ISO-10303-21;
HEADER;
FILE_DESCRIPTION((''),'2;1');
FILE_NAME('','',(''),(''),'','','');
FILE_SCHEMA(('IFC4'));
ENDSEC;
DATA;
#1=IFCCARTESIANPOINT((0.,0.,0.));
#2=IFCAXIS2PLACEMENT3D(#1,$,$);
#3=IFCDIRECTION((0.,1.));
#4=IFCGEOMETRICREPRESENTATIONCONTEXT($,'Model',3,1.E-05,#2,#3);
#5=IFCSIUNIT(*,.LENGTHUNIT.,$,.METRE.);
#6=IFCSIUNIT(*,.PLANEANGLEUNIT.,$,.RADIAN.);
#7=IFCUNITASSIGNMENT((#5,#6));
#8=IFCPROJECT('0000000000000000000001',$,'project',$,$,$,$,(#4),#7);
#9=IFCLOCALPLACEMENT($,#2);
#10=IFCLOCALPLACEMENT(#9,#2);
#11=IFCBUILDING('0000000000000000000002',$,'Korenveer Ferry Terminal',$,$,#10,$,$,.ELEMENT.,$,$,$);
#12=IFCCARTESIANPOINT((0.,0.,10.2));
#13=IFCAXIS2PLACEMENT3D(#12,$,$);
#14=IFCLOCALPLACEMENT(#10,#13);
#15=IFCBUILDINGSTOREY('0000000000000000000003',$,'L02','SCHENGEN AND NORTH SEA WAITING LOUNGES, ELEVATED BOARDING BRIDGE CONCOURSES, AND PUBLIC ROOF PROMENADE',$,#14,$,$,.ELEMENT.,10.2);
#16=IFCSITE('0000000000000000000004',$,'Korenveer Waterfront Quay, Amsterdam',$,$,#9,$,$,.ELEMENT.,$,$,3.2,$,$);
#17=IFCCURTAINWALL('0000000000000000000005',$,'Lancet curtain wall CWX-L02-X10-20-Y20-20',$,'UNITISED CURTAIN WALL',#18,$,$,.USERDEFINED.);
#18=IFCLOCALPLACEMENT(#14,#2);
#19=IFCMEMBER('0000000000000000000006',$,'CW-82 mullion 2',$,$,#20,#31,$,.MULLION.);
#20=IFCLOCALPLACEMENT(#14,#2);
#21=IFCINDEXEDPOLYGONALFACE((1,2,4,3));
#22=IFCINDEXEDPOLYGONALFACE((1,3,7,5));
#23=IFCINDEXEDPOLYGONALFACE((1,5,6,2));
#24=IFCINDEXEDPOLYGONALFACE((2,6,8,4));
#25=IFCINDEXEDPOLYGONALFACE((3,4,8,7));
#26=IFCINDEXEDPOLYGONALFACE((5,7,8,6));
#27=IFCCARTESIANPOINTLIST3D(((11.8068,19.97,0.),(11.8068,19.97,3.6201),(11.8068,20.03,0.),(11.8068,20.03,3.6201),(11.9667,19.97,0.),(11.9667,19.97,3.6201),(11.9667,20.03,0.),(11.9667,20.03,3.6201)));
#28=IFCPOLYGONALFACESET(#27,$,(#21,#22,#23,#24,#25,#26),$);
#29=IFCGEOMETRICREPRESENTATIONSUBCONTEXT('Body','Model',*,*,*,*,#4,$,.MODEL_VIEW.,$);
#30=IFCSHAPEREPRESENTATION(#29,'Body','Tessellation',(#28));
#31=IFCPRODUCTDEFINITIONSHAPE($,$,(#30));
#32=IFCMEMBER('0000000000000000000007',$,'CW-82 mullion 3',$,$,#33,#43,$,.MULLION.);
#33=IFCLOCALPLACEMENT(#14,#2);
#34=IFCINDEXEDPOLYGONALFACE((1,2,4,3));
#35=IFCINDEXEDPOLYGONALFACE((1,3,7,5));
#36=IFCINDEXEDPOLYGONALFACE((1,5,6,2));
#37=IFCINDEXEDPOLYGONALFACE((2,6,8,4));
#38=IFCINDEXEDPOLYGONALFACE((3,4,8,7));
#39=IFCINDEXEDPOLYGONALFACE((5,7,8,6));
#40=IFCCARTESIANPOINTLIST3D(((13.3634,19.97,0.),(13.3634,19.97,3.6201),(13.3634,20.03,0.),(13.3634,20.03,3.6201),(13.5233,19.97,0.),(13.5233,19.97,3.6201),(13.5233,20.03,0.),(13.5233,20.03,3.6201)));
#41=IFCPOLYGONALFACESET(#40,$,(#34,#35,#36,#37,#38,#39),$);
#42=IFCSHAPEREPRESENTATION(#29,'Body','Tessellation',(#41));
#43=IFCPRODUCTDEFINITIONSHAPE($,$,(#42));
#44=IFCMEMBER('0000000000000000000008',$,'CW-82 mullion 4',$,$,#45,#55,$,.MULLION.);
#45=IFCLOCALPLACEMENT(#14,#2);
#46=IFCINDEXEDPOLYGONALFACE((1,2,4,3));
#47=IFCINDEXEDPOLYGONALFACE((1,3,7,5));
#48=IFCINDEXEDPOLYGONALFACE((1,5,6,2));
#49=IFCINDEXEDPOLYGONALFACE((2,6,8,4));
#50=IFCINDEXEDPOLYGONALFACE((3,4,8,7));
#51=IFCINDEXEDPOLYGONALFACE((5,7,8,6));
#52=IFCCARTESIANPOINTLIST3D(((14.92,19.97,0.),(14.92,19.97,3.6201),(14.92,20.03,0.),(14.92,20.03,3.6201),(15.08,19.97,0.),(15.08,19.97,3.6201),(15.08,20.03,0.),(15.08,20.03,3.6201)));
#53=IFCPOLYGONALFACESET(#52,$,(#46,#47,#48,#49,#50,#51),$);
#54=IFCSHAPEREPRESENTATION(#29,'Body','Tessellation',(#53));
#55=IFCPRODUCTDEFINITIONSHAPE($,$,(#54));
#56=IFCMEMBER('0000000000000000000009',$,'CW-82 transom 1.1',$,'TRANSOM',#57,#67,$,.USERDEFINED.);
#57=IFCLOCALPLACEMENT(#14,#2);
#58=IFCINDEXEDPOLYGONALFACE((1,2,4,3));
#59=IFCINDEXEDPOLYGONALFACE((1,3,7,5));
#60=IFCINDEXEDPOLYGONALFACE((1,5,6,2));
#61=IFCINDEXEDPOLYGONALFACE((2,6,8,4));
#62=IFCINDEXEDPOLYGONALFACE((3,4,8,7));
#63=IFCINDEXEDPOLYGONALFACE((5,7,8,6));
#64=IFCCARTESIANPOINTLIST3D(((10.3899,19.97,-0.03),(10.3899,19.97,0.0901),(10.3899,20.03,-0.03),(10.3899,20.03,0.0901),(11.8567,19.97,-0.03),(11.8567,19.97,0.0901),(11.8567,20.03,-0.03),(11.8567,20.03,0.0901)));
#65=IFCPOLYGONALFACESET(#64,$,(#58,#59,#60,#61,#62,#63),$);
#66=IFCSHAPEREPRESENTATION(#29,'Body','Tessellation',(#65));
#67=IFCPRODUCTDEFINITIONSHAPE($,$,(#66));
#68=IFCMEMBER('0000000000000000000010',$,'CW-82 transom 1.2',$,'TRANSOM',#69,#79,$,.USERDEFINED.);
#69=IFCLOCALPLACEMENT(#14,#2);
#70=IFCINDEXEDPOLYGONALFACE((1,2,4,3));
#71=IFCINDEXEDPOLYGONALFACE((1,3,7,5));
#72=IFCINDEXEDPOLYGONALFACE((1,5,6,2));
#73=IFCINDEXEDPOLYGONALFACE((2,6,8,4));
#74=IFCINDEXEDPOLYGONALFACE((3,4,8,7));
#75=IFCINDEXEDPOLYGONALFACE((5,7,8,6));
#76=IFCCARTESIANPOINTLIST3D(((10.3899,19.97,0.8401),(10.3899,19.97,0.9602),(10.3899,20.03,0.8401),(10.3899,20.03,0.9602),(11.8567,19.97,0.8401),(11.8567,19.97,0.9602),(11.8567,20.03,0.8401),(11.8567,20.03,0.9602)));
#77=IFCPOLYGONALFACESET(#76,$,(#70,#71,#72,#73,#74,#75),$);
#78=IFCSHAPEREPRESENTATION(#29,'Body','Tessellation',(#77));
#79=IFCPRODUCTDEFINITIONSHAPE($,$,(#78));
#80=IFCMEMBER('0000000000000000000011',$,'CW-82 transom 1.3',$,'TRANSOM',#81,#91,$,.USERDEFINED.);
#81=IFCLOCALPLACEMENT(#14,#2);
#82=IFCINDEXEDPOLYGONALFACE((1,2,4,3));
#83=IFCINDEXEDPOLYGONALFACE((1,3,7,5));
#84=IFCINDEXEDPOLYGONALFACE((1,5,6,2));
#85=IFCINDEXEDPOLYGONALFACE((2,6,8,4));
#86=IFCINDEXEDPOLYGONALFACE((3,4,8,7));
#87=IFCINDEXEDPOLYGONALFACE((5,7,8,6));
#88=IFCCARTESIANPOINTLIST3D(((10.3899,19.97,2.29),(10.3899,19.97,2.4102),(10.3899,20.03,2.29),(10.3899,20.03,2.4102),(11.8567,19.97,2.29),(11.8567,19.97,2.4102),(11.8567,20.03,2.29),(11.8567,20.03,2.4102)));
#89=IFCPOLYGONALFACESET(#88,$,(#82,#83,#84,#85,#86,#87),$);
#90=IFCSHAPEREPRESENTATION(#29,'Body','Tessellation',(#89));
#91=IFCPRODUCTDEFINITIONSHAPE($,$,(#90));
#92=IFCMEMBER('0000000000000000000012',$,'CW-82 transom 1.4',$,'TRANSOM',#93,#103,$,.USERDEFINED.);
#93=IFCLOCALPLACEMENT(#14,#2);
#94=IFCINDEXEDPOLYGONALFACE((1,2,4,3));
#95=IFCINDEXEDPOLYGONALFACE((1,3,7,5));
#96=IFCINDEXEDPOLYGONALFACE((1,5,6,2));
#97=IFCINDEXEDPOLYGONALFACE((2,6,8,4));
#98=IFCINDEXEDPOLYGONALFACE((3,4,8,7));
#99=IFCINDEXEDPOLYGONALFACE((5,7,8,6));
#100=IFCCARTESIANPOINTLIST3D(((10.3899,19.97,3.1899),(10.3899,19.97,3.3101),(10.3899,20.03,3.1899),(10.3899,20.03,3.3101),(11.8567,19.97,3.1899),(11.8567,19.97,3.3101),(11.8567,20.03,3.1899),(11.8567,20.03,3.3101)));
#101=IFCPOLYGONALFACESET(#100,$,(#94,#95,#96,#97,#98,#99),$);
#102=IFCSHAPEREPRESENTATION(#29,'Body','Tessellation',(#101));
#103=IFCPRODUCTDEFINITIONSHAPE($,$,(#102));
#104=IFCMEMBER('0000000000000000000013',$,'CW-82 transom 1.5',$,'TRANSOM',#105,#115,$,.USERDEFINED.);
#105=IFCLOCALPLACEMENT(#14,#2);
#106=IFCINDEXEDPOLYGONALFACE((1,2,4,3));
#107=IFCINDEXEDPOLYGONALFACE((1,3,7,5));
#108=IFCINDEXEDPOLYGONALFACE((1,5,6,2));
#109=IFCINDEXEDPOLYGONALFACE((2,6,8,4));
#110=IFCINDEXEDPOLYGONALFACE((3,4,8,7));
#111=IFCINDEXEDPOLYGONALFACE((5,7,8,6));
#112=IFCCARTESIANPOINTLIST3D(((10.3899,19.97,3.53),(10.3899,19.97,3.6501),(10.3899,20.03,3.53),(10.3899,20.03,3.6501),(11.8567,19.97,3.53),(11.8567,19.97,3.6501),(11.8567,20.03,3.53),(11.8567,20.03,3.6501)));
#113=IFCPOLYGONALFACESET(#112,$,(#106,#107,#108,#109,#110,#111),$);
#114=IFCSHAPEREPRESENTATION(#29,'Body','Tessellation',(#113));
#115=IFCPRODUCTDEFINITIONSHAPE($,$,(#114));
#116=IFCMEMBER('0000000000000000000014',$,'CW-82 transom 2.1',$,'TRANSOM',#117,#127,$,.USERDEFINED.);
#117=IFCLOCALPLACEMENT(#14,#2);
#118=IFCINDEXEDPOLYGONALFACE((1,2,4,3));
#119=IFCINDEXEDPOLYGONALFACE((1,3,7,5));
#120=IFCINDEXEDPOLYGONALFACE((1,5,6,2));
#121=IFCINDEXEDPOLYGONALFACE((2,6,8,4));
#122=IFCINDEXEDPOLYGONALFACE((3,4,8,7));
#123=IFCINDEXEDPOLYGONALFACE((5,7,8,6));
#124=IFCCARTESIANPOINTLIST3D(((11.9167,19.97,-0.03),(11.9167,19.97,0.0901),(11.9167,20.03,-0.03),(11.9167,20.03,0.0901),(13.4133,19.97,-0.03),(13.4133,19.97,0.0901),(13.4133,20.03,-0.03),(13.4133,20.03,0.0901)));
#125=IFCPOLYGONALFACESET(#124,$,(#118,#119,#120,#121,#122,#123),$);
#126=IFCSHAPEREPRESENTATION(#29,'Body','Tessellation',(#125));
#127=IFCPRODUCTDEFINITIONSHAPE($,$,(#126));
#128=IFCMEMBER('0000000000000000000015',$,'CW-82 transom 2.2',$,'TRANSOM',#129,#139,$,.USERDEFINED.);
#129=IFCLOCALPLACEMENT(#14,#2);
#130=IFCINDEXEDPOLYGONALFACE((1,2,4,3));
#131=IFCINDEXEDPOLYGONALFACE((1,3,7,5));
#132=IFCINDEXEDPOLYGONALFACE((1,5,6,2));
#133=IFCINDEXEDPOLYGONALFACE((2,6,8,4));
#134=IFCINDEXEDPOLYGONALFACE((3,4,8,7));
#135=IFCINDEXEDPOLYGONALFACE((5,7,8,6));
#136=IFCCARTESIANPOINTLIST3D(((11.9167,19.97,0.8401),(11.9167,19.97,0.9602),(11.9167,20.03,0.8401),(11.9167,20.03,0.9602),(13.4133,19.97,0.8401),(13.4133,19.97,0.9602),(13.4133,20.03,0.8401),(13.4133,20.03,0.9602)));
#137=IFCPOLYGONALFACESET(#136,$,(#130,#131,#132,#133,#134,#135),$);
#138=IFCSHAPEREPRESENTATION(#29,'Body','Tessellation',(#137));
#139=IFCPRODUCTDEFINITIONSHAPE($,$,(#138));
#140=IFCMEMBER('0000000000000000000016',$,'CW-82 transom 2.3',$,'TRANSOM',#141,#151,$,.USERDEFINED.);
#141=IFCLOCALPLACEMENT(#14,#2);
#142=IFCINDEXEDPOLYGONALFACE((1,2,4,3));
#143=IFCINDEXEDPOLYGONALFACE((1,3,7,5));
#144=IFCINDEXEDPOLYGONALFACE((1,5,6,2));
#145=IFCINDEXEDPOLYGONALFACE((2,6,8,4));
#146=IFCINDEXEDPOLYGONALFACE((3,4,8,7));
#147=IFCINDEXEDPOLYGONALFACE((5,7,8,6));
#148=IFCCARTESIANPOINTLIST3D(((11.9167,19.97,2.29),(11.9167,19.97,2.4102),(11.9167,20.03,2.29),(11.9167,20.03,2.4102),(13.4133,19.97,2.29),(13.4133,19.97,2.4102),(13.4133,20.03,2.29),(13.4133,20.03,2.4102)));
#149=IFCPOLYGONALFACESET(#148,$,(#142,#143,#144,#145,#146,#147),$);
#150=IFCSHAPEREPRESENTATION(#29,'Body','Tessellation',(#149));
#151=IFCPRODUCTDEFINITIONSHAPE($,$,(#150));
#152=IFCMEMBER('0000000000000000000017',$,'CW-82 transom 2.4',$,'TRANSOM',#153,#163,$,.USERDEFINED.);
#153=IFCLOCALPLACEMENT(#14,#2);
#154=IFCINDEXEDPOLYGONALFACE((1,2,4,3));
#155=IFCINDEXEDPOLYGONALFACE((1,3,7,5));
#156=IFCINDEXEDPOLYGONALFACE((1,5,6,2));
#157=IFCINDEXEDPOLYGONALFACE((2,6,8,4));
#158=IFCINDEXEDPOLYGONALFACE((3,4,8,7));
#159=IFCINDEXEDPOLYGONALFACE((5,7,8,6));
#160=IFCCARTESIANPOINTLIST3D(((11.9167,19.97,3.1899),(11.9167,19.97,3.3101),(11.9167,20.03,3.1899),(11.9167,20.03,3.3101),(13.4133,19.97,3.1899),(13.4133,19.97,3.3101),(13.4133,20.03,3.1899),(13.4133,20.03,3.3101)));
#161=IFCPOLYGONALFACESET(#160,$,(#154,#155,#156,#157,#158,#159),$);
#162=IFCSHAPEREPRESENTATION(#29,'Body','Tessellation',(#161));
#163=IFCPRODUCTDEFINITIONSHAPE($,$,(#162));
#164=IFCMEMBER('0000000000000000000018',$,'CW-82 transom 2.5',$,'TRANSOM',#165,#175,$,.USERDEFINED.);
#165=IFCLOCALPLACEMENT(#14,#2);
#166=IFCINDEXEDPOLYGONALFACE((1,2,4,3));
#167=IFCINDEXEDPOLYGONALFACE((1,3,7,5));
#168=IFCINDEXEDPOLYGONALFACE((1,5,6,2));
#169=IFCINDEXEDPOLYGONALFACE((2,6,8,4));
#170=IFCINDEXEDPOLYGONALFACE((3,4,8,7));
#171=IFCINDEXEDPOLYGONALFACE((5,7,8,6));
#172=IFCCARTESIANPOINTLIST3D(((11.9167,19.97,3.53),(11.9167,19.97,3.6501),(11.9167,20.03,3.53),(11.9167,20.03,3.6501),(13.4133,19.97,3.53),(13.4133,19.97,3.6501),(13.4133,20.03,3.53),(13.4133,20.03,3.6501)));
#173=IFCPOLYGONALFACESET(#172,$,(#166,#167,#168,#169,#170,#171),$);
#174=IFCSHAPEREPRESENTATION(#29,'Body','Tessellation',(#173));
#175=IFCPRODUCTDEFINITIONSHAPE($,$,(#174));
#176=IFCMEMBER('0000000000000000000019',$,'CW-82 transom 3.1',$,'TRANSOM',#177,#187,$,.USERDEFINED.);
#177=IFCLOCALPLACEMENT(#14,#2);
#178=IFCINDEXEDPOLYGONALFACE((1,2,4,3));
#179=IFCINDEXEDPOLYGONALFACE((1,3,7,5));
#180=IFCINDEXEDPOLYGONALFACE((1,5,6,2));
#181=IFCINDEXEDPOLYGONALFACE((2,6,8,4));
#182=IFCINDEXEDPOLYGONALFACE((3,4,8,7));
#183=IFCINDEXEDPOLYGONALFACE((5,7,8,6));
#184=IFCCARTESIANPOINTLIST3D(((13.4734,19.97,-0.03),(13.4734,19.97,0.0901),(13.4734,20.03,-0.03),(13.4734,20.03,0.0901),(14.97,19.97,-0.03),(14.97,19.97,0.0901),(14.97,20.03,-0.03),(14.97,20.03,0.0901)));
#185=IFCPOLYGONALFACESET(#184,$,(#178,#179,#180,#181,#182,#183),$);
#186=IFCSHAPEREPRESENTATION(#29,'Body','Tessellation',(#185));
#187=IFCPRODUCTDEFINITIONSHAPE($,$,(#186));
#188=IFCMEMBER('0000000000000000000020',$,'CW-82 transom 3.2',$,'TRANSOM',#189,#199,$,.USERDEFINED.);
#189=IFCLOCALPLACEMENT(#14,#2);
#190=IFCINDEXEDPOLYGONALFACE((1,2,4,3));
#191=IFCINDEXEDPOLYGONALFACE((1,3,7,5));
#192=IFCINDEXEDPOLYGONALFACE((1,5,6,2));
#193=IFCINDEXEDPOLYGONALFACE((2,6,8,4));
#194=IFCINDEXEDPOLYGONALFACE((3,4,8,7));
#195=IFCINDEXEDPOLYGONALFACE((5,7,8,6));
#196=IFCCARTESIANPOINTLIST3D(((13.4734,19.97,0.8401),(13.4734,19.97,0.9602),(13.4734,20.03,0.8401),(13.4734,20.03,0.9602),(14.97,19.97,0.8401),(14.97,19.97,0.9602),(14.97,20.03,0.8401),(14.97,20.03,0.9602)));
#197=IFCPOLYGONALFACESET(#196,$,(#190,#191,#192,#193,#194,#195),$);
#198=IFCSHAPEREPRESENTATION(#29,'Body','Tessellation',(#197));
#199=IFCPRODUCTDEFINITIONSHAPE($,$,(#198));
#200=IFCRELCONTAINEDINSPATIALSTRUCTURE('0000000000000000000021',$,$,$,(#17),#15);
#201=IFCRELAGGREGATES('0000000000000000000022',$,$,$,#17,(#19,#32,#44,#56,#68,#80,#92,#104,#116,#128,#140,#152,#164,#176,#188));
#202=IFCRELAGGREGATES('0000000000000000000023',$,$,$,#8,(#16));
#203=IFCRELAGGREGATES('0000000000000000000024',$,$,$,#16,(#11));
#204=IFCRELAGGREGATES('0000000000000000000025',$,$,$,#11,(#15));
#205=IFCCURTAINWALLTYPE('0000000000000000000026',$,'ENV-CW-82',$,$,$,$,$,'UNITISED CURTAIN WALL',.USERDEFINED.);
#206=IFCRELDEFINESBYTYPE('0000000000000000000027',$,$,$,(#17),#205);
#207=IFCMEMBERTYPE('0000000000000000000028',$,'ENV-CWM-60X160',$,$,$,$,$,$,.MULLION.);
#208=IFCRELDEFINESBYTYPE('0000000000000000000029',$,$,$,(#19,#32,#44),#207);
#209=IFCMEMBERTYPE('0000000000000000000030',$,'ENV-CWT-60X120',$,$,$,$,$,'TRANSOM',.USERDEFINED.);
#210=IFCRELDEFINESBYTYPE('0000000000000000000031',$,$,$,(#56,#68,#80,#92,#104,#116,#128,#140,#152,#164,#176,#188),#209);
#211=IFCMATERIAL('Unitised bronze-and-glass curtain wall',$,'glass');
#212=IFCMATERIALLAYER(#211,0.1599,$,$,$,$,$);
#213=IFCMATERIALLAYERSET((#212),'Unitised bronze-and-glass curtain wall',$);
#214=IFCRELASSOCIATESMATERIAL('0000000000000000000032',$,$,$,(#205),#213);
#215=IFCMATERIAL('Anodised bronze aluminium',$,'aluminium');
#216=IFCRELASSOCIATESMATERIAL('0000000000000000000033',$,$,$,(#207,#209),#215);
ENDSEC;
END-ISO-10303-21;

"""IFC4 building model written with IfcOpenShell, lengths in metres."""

from ifc_helpers import new_model, si_unit, direction, frame, origin, origin_2d, place, context, subcontext, project, spatial, rectangle, extrude, material, layer, layer_set, material_profile, profile_set, type_object, element, aggregate, save


model = new_model("IFC4")

# Units and contexts
model_context = context("Model", 3, precision=1e-05, world=origin(), true_north=direction((0.0, 1.0)))
body_context = subcontext(model_context, "Body", "Model", "MODEL_VIEW")
ifc_project = project(units=[si_unit("LENGTHUNIT", "METRE"), si_unit("PLANEANGLEUNIT", "RADIAN")], contexts=[model_context])

# Site, building, storey
site_placement = place(None, origin())
site = spatial("IfcSite", under=ifc_project, at=site_placement, Name="Korenveer Waterfront Quay, Amsterdam", CompositionType="ELEMENT", RefElevation=3.2)
building_placement = place(site_placement, origin())
building = spatial("IfcBuilding", under=site, at=building_placement, Name="Korenveer Ferry Terminal", CompositionType="ELEMENT")
storey_placement = place(building_placement, frame((0.0, 0.0, 10.2)))
storey = spatial("IfcBuildingStorey", under=building, at=storey_placement, Name="L02", Description="SCHENGEN AND NORTH SEA WAITING LOUNGES, ELEVATED BOARDING BRIDGE CONCOURSES, AND PUBLIC ROOF PROMENADE", CompositionType="ELEMENT", Elevation=10.2)

# Curtain wall, members
ifc_material_1 = material(Name="Unitised bronze-and-glass curtain wall", Category="glass")
ifc_layer_1 = layer(ifc_material_1, 0.1599)
ifc_layer_set_1 = layer_set([ifc_layer_1], Name="Unitised bronze-and-glass curtain wall")
curtain_wall_type = type_object("IfcCurtainWallType", Name="ENV-CW-82", ElementType="UNITISED CURTAIN WALL", PredefinedType="USERDEFINED", material=ifc_layer_set_1)
curtain_wall_placement = place(storey_placement, frame((10.3301, 20.0, 0.0)))
curtain_wall = element("IfcCurtainWall", 1, at=curtain_wall_placement, inside=storey, type_object=curtain_wall_type, Name="Lancet curtain wall CWX-L02-X10-20-Y20-20", ObjectType="UNITISED CURTAIN WALL", PredefinedType="USERDEFINED")
ifc_material_2 = material(Name="Anodised bronze aluminium", Category="aluminium")
ifc_material_profile_1 = material_profile(ifc_material_2, rectangle(XDim=0.0601, YDim=0.1599, at=origin_2d()), Name="ALU 60x160")
ifc_profile_set_1 = profile_set([ifc_material_profile_1], Name="Anodised bronze aluminium")
member_type_1 = type_object("IfcMemberType", Name="ENV-CWM-60X160", PredefinedType="MULLION", material=ifc_profile_set_1)
member_1_placement = place(storey_placement, frame((11.8867, 20.0, 0.0), z_axis=(0.0, 0.0, 1.0), x_axis=(0.0, 1.0, 0.0)))
member_1 = element("IfcMember", 2, at=member_1_placement, type_object=member_type_1, Name="CW-82 mullion 2", PredefinedType="MULLION", context=body_context, shape_type="SweptSolid", body=[
    extrude(rectangle(XDim=0.0601, YDim=0.1599, at=origin_2d()), origin(), (0.0, 0.0, 1.0), 3.6201),
])
member_2_placement = place(storey_placement, frame((13.4434, 20.0, 0.0), z_axis=(0.0, 0.0, 1.0), x_axis=(0.0, 1.0, 0.0)))
member_2 = element("IfcMember", 3, at=member_2_placement, type_object=member_type_1, Name="CW-82 mullion 3", PredefinedType="MULLION", context=body_context, shape_type="SweptSolid", body=[
    extrude(rectangle(XDim=0.0601, YDim=0.1599, at=origin_2d()), origin(), (0.0, 0.0, 1.0), 3.6201),
])
member_3_placement = place(storey_placement, frame((15.0, 20.0, 0.0), z_axis=(0.0, 0.0, 1.0), x_axis=(0.0, 1.0, 0.0)))
member_3 = element("IfcMember", 4, at=member_3_placement, type_object=member_type_1, Name="CW-82 mullion 4", PredefinedType="MULLION", context=body_context, shape_type="SweptSolid", body=[
    extrude(rectangle(XDim=0.0601, YDim=0.1599, at=origin_2d()), origin(), (0.0, 0.0, 1.0), 3.6201),
])
ifc_material_profile_2 = material_profile(ifc_material_2, rectangle(XDim=0.0601, YDim=0.1201, at=origin_2d()), Name="ALU 60x120")
ifc_profile_set_2 = profile_set([ifc_material_profile_2], Name="Anodised bronze aluminium")
member_type_2 = type_object("IfcMemberType", Name="ENV-CWT-60X120", ElementType="TRANSOM", PredefinedType="USERDEFINED", material=ifc_profile_set_2)
member_4_placement = place(storey_placement, frame((10.3899, 20.0, 0.03), z_axis=(1.0, 0.0, 0.0), x_axis=(0.0, 1.0, 0.0)))
member_4 = element("IfcMember", 5, at=member_4_placement, type_object=member_type_2, Name="CW-82 transom 1.1", ObjectType="TRANSOM", PredefinedType="USERDEFINED", context=body_context, shape_type="SweptSolid", body=[
    extrude(rectangle(XDim=0.0601, YDim=0.1201, at=origin_2d()), origin(), (0.0, 0.0, 1.0), 1.4668),
])
member_5_placement = place(storey_placement, frame((10.3899, 20.0, 0.9001), z_axis=(1.0, 0.0, 0.0), x_axis=(0.0, 1.0, 0.0)))
member_5 = element("IfcMember", 6, at=member_5_placement, type_object=member_type_2, Name="CW-82 transom 1.2", ObjectType="TRANSOM", PredefinedType="USERDEFINED", context=body_context, shape_type="SweptSolid", body=[
    extrude(rectangle(XDim=0.0601, YDim=0.1201, at=origin_2d()), origin(), (0.0, 0.0, 1.0), 1.4668),
])
member_6_placement = place(storey_placement, frame((10.3899, 20.0, 2.3501), z_axis=(1.0, 0.0, 0.0), x_axis=(0.0, 1.0, 0.0)))
member_6 = element("IfcMember", 7, at=member_6_placement, type_object=member_type_2, Name="CW-82 transom 1.3", ObjectType="TRANSOM", PredefinedType="USERDEFINED", context=body_context, shape_type="SweptSolid", body=[
    extrude(rectangle(XDim=0.0601, YDim=0.1201, at=origin_2d()), origin(), (0.0, 0.0, 1.0), 1.4668),
])
member_7_placement = place(storey_placement, frame((10.3899, 20.0, 3.25), z_axis=(1.0, 0.0, 0.0), x_axis=(0.0, 1.0, 0.0)))
member_7 = element("IfcMember", 8, at=member_7_placement, type_object=member_type_2, Name="CW-82 transom 1.4", ObjectType="TRANSOM", PredefinedType="USERDEFINED", context=body_context, shape_type="SweptSolid", body=[
    extrude(rectangle(XDim=0.0601, YDim=0.1201, at=origin_2d()), origin(), (0.0, 0.0, 1.0), 1.4668),
])
member_8_placement = place(storey_placement, frame((10.3899, 20.0, 3.5901), z_axis=(1.0, 0.0, 0.0), x_axis=(0.0, 1.0, 0.0)))
member_8 = element("IfcMember", 9, at=member_8_placement, type_object=member_type_2, Name="CW-82 transom 1.5", ObjectType="TRANSOM", PredefinedType="USERDEFINED", context=body_context, shape_type="SweptSolid", body=[
    extrude(rectangle(XDim=0.0601, YDim=0.1201, at=origin_2d()), origin(), (0.0, 0.0, 1.0), 1.4668),
])
member_9_placement = place(storey_placement, frame((11.9167, 20.0, 0.03), z_axis=(1.0, 0.0, 0.0), x_axis=(0.0, 1.0, 0.0)))
member_9 = element("IfcMember", 10, at=member_9_placement, type_object=member_type_2, Name="CW-82 transom 2.1", ObjectType="TRANSOM", PredefinedType="USERDEFINED", context=body_context, shape_type="SweptSolid", body=[
    extrude(rectangle(XDim=0.0601, YDim=0.1201, at=origin_2d()), origin(), (0.0, 0.0, 1.0), 1.4966),
])
member_10_placement = place(storey_placement, frame((11.9167, 20.0, 0.9001), z_axis=(1.0, 0.0, 0.0), x_axis=(0.0, 1.0, 0.0)))
member_10 = element("IfcMember", 11, at=member_10_placement, type_object=member_type_2, Name="CW-82 transom 2.2", ObjectType="TRANSOM", PredefinedType="USERDEFINED", context=body_context, shape_type="SweptSolid", body=[
    extrude(rectangle(XDim=0.0601, YDim=0.1201, at=origin_2d()), origin(), (0.0, 0.0, 1.0), 1.4966),
])
member_11_placement = place(storey_placement, frame((11.9167, 20.0, 2.3501), z_axis=(1.0, 0.0, 0.0), x_axis=(0.0, 1.0, 0.0)))
member_11 = element("IfcMember", 12, at=member_11_placement, type_object=member_type_2, Name="CW-82 transom 2.3", ObjectType="TRANSOM", PredefinedType="USERDEFINED", context=body_context, shape_type="SweptSolid", body=[
    extrude(rectangle(XDim=0.0601, YDim=0.1201, at=origin_2d()), origin(), (0.0, 0.0, 1.0), 1.4966),
])
member_12_placement = place(storey_placement, frame((11.9167, 20.0, 3.25), z_axis=(1.0, 0.0, 0.0), x_axis=(0.0, 1.0, 0.0)))
member_12 = element("IfcMember", 13, at=member_12_placement, type_object=member_type_2, Name="CW-82 transom 2.4", ObjectType="TRANSOM", PredefinedType="USERDEFINED", context=body_context, shape_type="SweptSolid", body=[
    extrude(rectangle(XDim=0.0601, YDim=0.1201, at=origin_2d()), origin(), (0.0, 0.0, 1.0), 1.4966),
])
member_13_placement = place(storey_placement, frame((11.9167, 20.0, 3.5901), z_axis=(1.0, 0.0, 0.0), x_axis=(0.0, 1.0, 0.0)))
member_13 = element("IfcMember", 14, at=member_13_placement, type_object=member_type_2, Name="CW-82 transom 2.5", ObjectType="TRANSOM", PredefinedType="USERDEFINED", context=body_context, shape_type="SweptSolid", body=[
    extrude(rectangle(XDim=0.0601, YDim=0.1201, at=origin_2d()), origin(), (0.0, 0.0, 1.0), 1.4966),
])
member_14_placement = place(storey_placement, frame((13.4734, 20.0, 0.03), z_axis=(1.0, 0.0, 0.0), x_axis=(0.0, 1.0, 0.0)))
member_14 = element("IfcMember", 15, at=member_14_placement, type_object=member_type_2, Name="CW-82 transom 3.1", ObjectType="TRANSOM", PredefinedType="USERDEFINED", context=body_context, shape_type="SweptSolid", body=[
    extrude(rectangle(XDim=0.0601, YDim=0.1201, at=origin_2d()), origin(), (0.0, 0.0, 1.0), 1.4966),
])
member_15_placement = place(storey_placement, frame((13.4734, 20.0, 0.9001), z_axis=(1.0, 0.0, 0.0), x_axis=(0.0, 1.0, 0.0)))
member_15 = element("IfcMember", 16, at=member_15_placement, type_object=member_type_2, Name="CW-82 transom 3.2", ObjectType="TRANSOM", PredefinedType="USERDEFINED", context=body_context, shape_type="SweptSolid", body=[
    extrude(rectangle(XDim=0.0601, YDim=0.1201, at=origin_2d()), origin(), (0.0, 0.0, 1.0), 1.4966),
])
aggregate(curtain_wall, [member_1, member_2, member_3, member_4, member_5, member_6, member_7, member_8, member_9, member_10, member_11, member_12, member_13, member_14, member_15])

save(model, "model.ifc")
